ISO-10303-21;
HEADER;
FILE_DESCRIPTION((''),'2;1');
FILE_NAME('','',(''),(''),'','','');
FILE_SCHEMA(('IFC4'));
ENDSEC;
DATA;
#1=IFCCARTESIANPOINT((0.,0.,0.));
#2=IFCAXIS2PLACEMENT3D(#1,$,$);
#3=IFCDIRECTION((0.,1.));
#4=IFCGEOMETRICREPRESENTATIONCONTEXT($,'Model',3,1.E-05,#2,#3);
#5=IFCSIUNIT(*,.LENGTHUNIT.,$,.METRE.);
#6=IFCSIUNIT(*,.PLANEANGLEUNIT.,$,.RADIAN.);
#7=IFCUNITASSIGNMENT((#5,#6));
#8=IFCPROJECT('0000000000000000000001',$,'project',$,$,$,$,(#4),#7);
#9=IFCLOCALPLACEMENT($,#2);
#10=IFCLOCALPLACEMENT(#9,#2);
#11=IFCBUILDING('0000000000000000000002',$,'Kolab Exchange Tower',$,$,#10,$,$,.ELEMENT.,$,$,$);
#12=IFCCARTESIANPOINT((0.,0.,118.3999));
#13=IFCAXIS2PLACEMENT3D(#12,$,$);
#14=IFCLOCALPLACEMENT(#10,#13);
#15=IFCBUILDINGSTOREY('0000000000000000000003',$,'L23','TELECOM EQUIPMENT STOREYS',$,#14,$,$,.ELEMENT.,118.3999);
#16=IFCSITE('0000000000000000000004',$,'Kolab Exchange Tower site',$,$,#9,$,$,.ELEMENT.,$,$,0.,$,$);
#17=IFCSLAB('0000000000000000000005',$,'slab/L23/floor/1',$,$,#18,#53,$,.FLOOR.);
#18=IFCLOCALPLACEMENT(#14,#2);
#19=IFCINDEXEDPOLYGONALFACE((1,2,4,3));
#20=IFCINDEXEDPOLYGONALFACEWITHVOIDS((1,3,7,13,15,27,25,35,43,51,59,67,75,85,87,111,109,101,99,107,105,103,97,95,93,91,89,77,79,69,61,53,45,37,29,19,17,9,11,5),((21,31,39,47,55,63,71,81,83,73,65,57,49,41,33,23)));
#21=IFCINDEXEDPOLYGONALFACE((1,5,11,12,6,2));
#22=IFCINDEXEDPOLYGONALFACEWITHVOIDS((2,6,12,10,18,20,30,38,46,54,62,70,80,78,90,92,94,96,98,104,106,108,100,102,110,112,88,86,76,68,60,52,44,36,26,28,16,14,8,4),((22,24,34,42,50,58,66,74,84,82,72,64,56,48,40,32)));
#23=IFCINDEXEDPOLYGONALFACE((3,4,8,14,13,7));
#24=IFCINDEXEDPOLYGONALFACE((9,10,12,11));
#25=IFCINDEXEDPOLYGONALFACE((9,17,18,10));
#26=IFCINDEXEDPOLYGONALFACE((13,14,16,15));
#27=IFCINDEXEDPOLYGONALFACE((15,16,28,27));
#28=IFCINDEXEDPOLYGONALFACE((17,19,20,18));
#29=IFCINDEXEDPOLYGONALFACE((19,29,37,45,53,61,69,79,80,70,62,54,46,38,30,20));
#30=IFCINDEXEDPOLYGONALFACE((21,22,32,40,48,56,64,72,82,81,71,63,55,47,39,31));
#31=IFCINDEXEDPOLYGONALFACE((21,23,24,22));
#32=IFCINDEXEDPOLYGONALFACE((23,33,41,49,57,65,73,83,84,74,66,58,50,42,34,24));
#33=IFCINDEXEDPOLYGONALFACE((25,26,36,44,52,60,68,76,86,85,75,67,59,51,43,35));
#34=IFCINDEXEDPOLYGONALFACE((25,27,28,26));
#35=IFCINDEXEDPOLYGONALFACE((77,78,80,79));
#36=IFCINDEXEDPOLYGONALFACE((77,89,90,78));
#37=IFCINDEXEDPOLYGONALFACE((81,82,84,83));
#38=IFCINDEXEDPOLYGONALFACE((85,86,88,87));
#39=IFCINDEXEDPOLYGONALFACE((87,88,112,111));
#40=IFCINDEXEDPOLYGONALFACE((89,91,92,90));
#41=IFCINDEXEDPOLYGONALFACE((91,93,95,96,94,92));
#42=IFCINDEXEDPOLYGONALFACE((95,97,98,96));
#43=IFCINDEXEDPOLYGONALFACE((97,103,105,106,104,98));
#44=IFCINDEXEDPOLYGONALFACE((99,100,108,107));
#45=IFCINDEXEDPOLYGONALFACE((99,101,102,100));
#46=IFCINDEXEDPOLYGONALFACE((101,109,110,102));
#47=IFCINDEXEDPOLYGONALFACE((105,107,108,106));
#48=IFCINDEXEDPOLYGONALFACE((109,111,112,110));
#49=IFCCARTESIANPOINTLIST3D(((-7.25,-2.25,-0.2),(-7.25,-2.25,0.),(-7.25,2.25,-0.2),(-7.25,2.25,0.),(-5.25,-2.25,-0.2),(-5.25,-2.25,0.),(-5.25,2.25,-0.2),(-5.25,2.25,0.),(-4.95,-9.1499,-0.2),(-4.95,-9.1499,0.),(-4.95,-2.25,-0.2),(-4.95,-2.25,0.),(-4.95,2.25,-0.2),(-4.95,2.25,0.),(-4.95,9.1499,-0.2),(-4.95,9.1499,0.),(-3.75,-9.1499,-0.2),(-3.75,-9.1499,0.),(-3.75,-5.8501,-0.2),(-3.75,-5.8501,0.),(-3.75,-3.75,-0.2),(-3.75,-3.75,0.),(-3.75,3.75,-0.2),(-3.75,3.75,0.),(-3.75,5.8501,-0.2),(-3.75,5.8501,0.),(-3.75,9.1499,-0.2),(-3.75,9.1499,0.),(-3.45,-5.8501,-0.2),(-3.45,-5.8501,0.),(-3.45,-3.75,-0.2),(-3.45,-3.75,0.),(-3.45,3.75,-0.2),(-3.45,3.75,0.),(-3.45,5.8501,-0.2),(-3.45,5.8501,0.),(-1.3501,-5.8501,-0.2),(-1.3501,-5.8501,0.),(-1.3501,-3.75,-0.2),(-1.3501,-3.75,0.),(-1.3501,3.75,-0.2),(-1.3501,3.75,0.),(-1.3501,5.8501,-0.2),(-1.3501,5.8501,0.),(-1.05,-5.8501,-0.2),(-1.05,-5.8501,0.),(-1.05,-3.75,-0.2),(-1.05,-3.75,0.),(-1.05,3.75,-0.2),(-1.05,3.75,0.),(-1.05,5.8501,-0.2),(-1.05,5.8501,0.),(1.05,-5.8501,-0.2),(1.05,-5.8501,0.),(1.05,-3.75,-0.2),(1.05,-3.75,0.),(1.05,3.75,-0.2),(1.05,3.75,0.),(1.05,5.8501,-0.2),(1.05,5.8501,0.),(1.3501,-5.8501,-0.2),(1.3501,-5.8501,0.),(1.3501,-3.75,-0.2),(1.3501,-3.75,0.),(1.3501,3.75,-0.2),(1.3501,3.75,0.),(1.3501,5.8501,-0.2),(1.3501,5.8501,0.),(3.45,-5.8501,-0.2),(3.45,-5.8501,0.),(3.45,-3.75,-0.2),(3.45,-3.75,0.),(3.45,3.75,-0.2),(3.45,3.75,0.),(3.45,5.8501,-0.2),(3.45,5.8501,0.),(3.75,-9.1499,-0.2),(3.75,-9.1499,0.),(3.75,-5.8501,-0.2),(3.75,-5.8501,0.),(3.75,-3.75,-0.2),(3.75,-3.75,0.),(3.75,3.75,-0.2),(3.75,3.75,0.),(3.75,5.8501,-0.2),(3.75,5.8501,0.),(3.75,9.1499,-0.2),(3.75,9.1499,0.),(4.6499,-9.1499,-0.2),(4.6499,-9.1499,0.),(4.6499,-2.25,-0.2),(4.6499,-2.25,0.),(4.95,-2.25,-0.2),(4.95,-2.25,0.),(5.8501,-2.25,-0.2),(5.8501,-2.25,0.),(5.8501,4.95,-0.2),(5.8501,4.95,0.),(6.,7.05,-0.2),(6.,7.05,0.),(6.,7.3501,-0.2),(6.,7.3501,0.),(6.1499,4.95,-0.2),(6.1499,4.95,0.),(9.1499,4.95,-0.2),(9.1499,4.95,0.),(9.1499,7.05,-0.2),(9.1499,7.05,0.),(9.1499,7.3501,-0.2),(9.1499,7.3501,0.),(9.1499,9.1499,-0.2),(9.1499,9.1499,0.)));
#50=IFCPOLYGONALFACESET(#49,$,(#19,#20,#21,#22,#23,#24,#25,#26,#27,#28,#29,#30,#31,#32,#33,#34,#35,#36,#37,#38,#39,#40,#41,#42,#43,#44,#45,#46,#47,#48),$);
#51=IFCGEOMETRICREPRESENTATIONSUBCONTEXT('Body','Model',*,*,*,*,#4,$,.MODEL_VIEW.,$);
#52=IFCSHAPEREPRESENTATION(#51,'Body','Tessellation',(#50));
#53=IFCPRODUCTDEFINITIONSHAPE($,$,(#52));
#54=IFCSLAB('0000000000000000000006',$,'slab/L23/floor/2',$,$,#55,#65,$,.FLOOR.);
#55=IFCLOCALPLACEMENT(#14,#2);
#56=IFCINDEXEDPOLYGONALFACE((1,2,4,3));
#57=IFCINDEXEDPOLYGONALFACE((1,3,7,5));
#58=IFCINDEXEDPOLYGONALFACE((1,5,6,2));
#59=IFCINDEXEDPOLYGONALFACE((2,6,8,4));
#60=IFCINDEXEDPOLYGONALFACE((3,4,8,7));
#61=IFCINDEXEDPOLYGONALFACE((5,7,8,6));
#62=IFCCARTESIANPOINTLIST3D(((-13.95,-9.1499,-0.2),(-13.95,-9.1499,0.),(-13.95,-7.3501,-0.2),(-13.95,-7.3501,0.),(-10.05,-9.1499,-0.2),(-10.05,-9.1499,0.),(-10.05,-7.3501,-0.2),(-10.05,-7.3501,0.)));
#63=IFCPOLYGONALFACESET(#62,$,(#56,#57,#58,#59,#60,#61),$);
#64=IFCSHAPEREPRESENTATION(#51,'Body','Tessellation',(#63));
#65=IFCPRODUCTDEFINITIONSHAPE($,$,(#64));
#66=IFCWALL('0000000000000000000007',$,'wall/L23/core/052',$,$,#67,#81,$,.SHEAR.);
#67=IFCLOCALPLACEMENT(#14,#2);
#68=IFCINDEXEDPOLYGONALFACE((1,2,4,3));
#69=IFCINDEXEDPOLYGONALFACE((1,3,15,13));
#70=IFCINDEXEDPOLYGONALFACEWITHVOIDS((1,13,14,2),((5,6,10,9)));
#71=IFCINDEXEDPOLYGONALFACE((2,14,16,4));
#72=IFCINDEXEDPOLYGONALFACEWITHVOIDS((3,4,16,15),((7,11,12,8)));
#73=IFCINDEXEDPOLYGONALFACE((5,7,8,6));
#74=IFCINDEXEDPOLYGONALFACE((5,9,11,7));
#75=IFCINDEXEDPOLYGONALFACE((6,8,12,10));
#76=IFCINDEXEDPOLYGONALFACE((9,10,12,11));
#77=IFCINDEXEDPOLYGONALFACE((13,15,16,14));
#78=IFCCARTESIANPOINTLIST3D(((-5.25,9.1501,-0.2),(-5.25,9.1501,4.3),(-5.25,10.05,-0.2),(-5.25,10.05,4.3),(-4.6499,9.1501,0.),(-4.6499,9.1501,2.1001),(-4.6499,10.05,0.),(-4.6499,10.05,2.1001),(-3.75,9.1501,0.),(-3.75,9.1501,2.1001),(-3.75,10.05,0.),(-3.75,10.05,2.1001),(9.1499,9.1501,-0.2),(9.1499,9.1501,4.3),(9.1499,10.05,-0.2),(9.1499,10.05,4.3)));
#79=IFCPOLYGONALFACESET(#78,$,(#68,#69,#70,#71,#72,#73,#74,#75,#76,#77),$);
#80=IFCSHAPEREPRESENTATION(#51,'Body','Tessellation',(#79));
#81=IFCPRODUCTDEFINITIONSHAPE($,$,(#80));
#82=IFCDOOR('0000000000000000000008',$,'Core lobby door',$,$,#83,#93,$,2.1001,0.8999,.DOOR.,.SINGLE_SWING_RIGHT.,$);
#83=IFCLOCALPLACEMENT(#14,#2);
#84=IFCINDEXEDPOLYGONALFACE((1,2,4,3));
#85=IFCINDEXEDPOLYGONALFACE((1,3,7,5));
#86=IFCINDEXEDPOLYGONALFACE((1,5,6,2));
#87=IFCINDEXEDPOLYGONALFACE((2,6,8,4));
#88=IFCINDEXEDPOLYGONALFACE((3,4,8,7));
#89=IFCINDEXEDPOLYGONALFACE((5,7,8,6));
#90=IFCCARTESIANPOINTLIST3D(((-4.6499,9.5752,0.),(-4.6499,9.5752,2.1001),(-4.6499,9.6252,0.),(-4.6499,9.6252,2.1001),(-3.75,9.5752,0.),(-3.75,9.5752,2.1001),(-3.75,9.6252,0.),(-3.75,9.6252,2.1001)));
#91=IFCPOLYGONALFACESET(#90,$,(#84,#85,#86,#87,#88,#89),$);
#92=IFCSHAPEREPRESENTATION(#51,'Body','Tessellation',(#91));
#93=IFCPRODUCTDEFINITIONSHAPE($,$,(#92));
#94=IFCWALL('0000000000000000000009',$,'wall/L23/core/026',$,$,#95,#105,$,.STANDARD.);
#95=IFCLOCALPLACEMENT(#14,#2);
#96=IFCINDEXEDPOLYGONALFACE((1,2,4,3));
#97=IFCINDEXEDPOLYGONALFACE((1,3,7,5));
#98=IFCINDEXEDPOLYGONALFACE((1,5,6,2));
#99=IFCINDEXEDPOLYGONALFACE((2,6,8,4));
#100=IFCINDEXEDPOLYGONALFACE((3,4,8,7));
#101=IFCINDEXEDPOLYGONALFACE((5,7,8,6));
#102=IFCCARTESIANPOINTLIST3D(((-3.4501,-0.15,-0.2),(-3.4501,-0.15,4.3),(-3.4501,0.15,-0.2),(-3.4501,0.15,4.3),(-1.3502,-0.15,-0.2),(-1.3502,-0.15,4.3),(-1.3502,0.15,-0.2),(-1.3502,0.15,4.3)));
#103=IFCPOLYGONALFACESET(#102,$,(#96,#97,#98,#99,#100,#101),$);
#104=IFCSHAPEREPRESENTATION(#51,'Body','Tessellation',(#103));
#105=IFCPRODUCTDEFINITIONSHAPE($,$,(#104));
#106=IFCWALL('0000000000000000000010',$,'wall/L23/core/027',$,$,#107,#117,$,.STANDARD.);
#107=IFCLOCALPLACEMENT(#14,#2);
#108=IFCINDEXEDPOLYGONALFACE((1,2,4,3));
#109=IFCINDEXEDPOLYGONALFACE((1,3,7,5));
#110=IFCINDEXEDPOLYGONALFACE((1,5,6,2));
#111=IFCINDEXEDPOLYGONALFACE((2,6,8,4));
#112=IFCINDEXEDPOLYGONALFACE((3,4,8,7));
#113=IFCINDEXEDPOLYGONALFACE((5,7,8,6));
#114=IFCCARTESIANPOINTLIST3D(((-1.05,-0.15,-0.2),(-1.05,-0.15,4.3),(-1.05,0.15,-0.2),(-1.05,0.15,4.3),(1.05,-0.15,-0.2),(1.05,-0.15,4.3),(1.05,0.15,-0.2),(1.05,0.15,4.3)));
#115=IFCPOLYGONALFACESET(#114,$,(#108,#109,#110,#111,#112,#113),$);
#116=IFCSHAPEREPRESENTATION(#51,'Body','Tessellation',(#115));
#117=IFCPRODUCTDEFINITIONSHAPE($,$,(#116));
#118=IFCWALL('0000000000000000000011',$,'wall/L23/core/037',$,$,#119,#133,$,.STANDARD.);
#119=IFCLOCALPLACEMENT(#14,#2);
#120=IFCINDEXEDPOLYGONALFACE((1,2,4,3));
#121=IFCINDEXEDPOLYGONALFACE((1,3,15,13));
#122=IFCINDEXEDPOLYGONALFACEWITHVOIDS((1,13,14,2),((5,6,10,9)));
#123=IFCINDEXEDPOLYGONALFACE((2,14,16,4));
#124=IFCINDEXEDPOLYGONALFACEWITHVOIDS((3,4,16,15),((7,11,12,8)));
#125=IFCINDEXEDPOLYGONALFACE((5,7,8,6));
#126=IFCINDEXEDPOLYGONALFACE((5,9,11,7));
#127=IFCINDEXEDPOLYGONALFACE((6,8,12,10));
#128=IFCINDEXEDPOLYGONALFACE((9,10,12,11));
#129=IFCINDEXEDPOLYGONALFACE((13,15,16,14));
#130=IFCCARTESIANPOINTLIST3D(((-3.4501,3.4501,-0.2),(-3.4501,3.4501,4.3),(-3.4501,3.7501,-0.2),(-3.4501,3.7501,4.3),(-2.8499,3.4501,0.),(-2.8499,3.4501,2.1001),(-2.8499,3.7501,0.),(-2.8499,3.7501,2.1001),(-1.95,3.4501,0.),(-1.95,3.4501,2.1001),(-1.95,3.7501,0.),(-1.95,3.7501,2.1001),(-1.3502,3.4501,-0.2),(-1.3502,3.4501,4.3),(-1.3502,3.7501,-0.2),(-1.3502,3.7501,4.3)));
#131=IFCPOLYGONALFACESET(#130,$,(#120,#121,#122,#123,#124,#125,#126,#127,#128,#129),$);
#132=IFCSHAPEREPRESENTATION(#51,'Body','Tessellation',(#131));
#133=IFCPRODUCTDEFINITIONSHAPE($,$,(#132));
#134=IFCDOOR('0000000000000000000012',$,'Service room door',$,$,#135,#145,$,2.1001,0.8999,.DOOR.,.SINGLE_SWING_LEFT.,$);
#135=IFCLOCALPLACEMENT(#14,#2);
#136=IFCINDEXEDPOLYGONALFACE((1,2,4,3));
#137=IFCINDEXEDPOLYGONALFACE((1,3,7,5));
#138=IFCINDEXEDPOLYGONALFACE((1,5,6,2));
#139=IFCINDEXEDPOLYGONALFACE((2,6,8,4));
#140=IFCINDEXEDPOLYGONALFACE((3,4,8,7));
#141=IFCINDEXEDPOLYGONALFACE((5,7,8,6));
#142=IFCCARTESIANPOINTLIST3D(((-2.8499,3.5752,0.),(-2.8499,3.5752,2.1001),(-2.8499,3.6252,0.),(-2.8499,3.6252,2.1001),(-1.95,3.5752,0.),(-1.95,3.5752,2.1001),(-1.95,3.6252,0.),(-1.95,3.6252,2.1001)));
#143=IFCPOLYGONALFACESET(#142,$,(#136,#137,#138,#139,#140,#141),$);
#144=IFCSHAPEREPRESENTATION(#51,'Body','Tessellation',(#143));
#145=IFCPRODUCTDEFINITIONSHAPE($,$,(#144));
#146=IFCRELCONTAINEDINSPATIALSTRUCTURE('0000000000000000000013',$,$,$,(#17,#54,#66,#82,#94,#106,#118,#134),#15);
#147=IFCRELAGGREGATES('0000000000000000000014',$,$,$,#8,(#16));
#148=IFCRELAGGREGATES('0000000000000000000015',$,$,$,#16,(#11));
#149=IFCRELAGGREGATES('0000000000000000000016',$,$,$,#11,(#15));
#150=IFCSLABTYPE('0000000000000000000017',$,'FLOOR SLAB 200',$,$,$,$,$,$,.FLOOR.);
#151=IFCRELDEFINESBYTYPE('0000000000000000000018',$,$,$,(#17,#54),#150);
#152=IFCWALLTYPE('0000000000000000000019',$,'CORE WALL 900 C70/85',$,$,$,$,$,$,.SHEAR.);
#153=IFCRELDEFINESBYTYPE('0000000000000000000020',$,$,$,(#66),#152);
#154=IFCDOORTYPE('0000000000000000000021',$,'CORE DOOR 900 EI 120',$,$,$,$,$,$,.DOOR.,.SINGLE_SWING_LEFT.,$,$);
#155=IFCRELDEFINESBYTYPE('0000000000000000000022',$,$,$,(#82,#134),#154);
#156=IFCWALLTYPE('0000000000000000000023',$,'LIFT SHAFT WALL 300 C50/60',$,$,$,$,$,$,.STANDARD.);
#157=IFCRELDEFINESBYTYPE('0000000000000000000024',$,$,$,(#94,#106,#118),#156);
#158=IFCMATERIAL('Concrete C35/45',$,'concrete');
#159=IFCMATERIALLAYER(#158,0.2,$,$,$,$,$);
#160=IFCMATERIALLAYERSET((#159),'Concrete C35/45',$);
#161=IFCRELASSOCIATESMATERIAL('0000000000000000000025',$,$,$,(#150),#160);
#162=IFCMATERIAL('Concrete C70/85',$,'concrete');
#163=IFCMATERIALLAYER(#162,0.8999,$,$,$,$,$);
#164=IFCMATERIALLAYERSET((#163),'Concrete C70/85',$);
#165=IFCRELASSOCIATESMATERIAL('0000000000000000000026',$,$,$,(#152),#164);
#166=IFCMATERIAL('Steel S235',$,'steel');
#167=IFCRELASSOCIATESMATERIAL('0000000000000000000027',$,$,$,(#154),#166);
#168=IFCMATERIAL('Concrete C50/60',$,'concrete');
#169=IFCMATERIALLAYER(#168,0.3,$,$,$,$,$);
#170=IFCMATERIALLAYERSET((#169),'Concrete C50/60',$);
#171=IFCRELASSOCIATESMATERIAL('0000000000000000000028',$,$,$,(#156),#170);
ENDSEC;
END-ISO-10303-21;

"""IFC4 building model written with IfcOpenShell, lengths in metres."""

from ifc_helpers import new_model, si_unit, direction, frame, frame_2d, origin, place, context, subcontext, project, spatial, polyline, rectangle, outline, extrude, material, layer, layer_set, type_object, element, fill, save


model = new_model("IFC4")

# Units and contexts
model_context = context("Model", 3, precision=1e-05, world=origin(), true_north=direction((0.0, 1.0)))
body_context = subcontext(model_context, "Body", "Model", "MODEL_VIEW")
ifc_project = project(units=[si_unit("LENGTHUNIT", "METRE"), si_unit("PLANEANGLEUNIT", "RADIAN")], contexts=[model_context])

# Site, building, storey
site_placement = place(None, origin())
site = spatial("IfcSite", under=ifc_project, at=site_placement, Name="Kolab Exchange Tower site", CompositionType="ELEMENT", RefElevation=0.0)
building_placement = place(site_placement, origin())
building = spatial("IfcBuilding", under=site, at=building_placement, Name="Kolab Exchange Tower", CompositionType="ELEMENT")
storey_placement = place(building_placement, frame((0.0, 0.0, 118.3999)))
storey = spatial("IfcBuildingStorey", under=building, at=storey_placement, Name="L23", Description="TELECOM EQUIPMENT STOREYS", CompositionType="ELEMENT", Elevation=118.3999)

# Slabs
ifc_material_1 = material(Name="Concrete C35/45", Category="concrete")
ifc_layer_1 = layer(ifc_material_1, 0.2)
ifc_layer_set_1 = layer_set([ifc_layer_1], Name="Concrete C35/45")
slab_type = type_object("IfcSlabType", Name="FLOOR SLAB 200", PredefinedType="FLOOR", material=ifc_layer_set_1)
slab_1_placement = place(storey_placement, frame((0.0, 0.0, -0.2)))
element("IfcSlab", 1, at=slab_1_placement, inside=storey, type_object=slab_type, Name="slab/L23/floor/1", PredefinedType="FLOOR", context=body_context, shape_type="SweptSolid", body=[
    extrude(outline(polyline([(-4.95, 9.1499), (-4.95, 2.25), (-5.25, 2.25), (-7.25, 2.25), (-7.25, -2.25), (-5.25, -2.25), (-4.95, -2.25), (-4.95, -9.1499), (-3.75, -9.1499), (-3.75, -5.8501), (-3.45, -5.8501), (-1.3501, -5.8501), (-1.05, -5.8501), (1.05, -5.8501), (1.3501, -5.8501), (3.45, -5.8501), (3.75, -5.8501), (3.75, -9.1499), (4.6499, -9.1499), (4.6499, -2.25), (4.95, -2.25), (5.8501, -2.25), (5.8501, 4.95), (6.1499, 4.95), (9.1499, 4.95), (9.1499, 7.05), (6.0, 7.05), (6.0, 7.3501), (9.1499, 7.3501), (9.1499, 9.1499), (3.75, 9.1499), (3.75, 5.8501), (3.45, 5.8501), (1.3501, 5.8501), (1.05, 5.8501), (-1.05, 5.8501), (-1.3501, 5.8501), (-3.45, 5.8501), (-3.75, 5.8501), (-3.75, 9.1499), (-4.95, 9.1499)]), holes=[polyline([(-3.75, -3.75), (-3.75, 3.75), (-3.45, 3.75), (-1.3501, 3.75), (-1.05, 3.75), (1.05, 3.75), (1.3501, 3.75), (3.45, 3.75), (3.75, 3.75), (3.75, -3.75), (3.45, -3.75), (1.3501, -3.75), (1.05, -3.75), (-1.05, -3.75), (-1.3501, -3.75), (-3.45, -3.75), (-3.75, -3.75)])]), origin(), (0.0, 0.0, 1.0), 0.2),
])
slab_2_placement = place(storey_placement, frame((0.0, 0.0, -0.2)))
element("IfcSlab", 2, at=slab_2_placement, inside=storey, type_object=slab_type, Name="slab/L23/floor/2", PredefinedType="FLOOR", context=body_context, shape_type="SweptSolid", body=[
    extrude(outline(polyline([(-10.05, -9.1499), (-10.05, -7.3501), (-13.95, -7.3501), (-13.95, -9.1499), (-10.05, -9.1499)])), origin(), (0.0, 0.0, 1.0), 0.2),
])

# Wall, opening, door
ifc_material_2 = material(Name="Concrete C70/85", Category="concrete")
ifc_layer_2 = layer(ifc_material_2, 0.8999)
ifc_layer_set_2 = layer_set([ifc_layer_2], Name="Concrete C70/85")
wall_type_1 = type_object("IfcWallType", Name="CORE WALL 900 C70/85", PredefinedType="SHEAR", material=ifc_layer_set_2)
wall_1_placement = place(storey_placement, frame((-5.25, 9.6001, -0.2), z_axis=(0.0, 0.0, 1.0), x_axis=(1.0, 0.0, 0.0)))
wall_1 = element("IfcWall", 3, at=wall_1_placement, inside=storey, type_object=wall_type_1, Name="wall/L23/core/052", PredefinedType="SHEAR", context=body_context, shape_type="SweptSolid", body=[
    extrude(rectangle(XDim=14.3999, YDim=0.8999, at=frame_2d((7.2, 0.0))), origin(), (0.0, 0.0, 1.0), 4.5),
])
opening_1_placement = place(wall_1_placement, frame((0.6001, 0.0, 0.2)))
opening_1 = element("IfcOpeningElement", 4, at=opening_1_placement, cuts=wall_1, PredefinedType="OPENING", context=body_context, shape_type="SweptSolid", body=[
    extrude(rectangle(XDim=0.8999, YDim=2.1001, at=frame_2d((0.45, 1.05))), frame((0.0, 0.46, 0.0), z_axis=(0.0, -1.0, 0.0), x_axis=(1.0, 0.0, 0.0)), (0.0, 0.0, 1.0), 0.9199),
])
ifc_material_3 = material(Name="Steel S235", Category="steel")
door_type_1 = type_object("IfcDoorType", Name="CORE DOOR 900 EI 120", OperationType="SINGLE_SWING_LEFT", PredefinedType="DOOR", material=ifc_material_3)
door_1_placement = place(opening_1_placement, frame((0.8999, 0.0, 0.0), z_axis=(0.0, 0.0, 1.0), x_axis=(-1.0, 0.0, 0.0)))
door_1 = element("IfcDoor", 5, at=door_1_placement, inside=storey, type_object=door_type_1, Name="Core lobby door", OperationType="SINGLE_SWING_RIGHT", OverallHeight=2.1001, OverallWidth=0.8999, PredefinedType="DOOR", context=body_context, shape_type="SweptSolid", body=[
    extrude(rectangle(XDim=0.8999, YDim=2.1001, at=frame_2d((0.45, 1.05))), frame((0.0, 0.0249, 0.0), z_axis=(0.0, -1.0, 0.0), x_axis=(1.0, 0.0, 0.0)), (0.0, 0.0, 1.0), 0.05),
])
fill(opening_1, door_1)

# Walls
ifc_material_4 = material(Name="Concrete C50/60", Category="concrete")
ifc_layer_3 = layer(ifc_material_4, 0.3)
ifc_layer_set_3 = layer_set([ifc_layer_3], Name="Concrete C50/60")
wall_type_2 = type_object("IfcWallType", Name="LIFT SHAFT WALL 300 C50/60", PredefinedType="STANDARD", material=ifc_layer_set_3)
wall_2_placement = place(storey_placement, frame((-3.45, 0.0, -0.2), z_axis=(0.0, 0.0, 1.0), x_axis=(1.0, 0.0, 0.0)))
element("IfcWall", 6, at=wall_2_placement, inside=storey, type_object=wall_type_2, Name="wall/L23/core/026", PredefinedType="STANDARD", context=body_context, shape_type="SweptSolid", body=[
    extrude(rectangle(XDim=2.0999, YDim=0.3, at=frame_2d((1.0498, 0.0))), origin(), (0.0, 0.0, 1.0), 4.5),
])
wall_3_placement = place(storey_placement, frame((-1.05, 0.0, -0.2), z_axis=(0.0, 0.0, 1.0), x_axis=(1.0, 0.0, 0.0)))
element("IfcWall", 7, at=wall_3_placement, inside=storey, type_object=wall_type_2, Name="wall/L23/core/027", PredefinedType="STANDARD", context=body_context, shape_type="SweptSolid", body=[
    extrude(rectangle(XDim=2.1001, YDim=0.3, at=frame_2d((1.05, 0.0))), origin(), (0.0, 0.0, 1.0), 4.5),
])

# Wall, opening, door
wall_4_placement = place(storey_placement, frame((-3.45, 3.6001, -0.2), z_axis=(0.0, 0.0, 1.0), x_axis=(1.0, 0.0, 0.0)))
wall_4 = element("IfcWall", 8, at=wall_4_placement, inside=storey, type_object=wall_type_2, Name="wall/L23/core/037", PredefinedType="STANDARD", context=body_context, shape_type="SweptSolid", body=[
    extrude(rectangle(XDim=2.0999, YDim=0.3, at=frame_2d((1.0498, 0.0))), origin(), (0.0, 0.0, 1.0), 4.5),
])
opening_2_placement = place(wall_4_placement, frame((0.6001, 0.0, 0.2)))
opening_2 = element("IfcOpeningElement", 9, at=opening_2_placement, cuts=wall_4, PredefinedType="OPENING", context=body_context, shape_type="SweptSolid", body=[
    extrude(rectangle(XDim=0.8999, YDim=2.1001, at=frame_2d((0.45, 1.05))), frame((0.0, 0.1602, 0.0), z_axis=(0.0, -1.0, 0.0), x_axis=(1.0, 0.0, 0.0)), (0.0, 0.0, 1.0), 0.3201),
])
door_2_placement = place(opening_2_placement, frame((0.8999, 0.0, 0.0), z_axis=(0.0, 0.0, 1.0), x_axis=(-1.0, 0.0, 0.0)))
door_2 = element("IfcDoor", 10, at=door_2_placement, inside=storey, type_object=door_type_1, Name="Service room door", OperationType="SINGLE_SWING_LEFT", OverallHeight=2.1001, OverallWidth=0.8999, PredefinedType="DOOR", context=body_context, shape_type="SweptSolid", body=[
    extrude(rectangle(XDim=0.8999, YDim=2.1001, at=frame_2d((0.45, 1.05))), frame((0.0, 0.0249, 0.0), z_axis=(0.0, -1.0, 0.0), x_axis=(1.0, 0.0, 0.0)), (0.0, 0.0, 1.0), 0.05),
])
fill(opening_2, door_2)

save(model, "model.ifc")
